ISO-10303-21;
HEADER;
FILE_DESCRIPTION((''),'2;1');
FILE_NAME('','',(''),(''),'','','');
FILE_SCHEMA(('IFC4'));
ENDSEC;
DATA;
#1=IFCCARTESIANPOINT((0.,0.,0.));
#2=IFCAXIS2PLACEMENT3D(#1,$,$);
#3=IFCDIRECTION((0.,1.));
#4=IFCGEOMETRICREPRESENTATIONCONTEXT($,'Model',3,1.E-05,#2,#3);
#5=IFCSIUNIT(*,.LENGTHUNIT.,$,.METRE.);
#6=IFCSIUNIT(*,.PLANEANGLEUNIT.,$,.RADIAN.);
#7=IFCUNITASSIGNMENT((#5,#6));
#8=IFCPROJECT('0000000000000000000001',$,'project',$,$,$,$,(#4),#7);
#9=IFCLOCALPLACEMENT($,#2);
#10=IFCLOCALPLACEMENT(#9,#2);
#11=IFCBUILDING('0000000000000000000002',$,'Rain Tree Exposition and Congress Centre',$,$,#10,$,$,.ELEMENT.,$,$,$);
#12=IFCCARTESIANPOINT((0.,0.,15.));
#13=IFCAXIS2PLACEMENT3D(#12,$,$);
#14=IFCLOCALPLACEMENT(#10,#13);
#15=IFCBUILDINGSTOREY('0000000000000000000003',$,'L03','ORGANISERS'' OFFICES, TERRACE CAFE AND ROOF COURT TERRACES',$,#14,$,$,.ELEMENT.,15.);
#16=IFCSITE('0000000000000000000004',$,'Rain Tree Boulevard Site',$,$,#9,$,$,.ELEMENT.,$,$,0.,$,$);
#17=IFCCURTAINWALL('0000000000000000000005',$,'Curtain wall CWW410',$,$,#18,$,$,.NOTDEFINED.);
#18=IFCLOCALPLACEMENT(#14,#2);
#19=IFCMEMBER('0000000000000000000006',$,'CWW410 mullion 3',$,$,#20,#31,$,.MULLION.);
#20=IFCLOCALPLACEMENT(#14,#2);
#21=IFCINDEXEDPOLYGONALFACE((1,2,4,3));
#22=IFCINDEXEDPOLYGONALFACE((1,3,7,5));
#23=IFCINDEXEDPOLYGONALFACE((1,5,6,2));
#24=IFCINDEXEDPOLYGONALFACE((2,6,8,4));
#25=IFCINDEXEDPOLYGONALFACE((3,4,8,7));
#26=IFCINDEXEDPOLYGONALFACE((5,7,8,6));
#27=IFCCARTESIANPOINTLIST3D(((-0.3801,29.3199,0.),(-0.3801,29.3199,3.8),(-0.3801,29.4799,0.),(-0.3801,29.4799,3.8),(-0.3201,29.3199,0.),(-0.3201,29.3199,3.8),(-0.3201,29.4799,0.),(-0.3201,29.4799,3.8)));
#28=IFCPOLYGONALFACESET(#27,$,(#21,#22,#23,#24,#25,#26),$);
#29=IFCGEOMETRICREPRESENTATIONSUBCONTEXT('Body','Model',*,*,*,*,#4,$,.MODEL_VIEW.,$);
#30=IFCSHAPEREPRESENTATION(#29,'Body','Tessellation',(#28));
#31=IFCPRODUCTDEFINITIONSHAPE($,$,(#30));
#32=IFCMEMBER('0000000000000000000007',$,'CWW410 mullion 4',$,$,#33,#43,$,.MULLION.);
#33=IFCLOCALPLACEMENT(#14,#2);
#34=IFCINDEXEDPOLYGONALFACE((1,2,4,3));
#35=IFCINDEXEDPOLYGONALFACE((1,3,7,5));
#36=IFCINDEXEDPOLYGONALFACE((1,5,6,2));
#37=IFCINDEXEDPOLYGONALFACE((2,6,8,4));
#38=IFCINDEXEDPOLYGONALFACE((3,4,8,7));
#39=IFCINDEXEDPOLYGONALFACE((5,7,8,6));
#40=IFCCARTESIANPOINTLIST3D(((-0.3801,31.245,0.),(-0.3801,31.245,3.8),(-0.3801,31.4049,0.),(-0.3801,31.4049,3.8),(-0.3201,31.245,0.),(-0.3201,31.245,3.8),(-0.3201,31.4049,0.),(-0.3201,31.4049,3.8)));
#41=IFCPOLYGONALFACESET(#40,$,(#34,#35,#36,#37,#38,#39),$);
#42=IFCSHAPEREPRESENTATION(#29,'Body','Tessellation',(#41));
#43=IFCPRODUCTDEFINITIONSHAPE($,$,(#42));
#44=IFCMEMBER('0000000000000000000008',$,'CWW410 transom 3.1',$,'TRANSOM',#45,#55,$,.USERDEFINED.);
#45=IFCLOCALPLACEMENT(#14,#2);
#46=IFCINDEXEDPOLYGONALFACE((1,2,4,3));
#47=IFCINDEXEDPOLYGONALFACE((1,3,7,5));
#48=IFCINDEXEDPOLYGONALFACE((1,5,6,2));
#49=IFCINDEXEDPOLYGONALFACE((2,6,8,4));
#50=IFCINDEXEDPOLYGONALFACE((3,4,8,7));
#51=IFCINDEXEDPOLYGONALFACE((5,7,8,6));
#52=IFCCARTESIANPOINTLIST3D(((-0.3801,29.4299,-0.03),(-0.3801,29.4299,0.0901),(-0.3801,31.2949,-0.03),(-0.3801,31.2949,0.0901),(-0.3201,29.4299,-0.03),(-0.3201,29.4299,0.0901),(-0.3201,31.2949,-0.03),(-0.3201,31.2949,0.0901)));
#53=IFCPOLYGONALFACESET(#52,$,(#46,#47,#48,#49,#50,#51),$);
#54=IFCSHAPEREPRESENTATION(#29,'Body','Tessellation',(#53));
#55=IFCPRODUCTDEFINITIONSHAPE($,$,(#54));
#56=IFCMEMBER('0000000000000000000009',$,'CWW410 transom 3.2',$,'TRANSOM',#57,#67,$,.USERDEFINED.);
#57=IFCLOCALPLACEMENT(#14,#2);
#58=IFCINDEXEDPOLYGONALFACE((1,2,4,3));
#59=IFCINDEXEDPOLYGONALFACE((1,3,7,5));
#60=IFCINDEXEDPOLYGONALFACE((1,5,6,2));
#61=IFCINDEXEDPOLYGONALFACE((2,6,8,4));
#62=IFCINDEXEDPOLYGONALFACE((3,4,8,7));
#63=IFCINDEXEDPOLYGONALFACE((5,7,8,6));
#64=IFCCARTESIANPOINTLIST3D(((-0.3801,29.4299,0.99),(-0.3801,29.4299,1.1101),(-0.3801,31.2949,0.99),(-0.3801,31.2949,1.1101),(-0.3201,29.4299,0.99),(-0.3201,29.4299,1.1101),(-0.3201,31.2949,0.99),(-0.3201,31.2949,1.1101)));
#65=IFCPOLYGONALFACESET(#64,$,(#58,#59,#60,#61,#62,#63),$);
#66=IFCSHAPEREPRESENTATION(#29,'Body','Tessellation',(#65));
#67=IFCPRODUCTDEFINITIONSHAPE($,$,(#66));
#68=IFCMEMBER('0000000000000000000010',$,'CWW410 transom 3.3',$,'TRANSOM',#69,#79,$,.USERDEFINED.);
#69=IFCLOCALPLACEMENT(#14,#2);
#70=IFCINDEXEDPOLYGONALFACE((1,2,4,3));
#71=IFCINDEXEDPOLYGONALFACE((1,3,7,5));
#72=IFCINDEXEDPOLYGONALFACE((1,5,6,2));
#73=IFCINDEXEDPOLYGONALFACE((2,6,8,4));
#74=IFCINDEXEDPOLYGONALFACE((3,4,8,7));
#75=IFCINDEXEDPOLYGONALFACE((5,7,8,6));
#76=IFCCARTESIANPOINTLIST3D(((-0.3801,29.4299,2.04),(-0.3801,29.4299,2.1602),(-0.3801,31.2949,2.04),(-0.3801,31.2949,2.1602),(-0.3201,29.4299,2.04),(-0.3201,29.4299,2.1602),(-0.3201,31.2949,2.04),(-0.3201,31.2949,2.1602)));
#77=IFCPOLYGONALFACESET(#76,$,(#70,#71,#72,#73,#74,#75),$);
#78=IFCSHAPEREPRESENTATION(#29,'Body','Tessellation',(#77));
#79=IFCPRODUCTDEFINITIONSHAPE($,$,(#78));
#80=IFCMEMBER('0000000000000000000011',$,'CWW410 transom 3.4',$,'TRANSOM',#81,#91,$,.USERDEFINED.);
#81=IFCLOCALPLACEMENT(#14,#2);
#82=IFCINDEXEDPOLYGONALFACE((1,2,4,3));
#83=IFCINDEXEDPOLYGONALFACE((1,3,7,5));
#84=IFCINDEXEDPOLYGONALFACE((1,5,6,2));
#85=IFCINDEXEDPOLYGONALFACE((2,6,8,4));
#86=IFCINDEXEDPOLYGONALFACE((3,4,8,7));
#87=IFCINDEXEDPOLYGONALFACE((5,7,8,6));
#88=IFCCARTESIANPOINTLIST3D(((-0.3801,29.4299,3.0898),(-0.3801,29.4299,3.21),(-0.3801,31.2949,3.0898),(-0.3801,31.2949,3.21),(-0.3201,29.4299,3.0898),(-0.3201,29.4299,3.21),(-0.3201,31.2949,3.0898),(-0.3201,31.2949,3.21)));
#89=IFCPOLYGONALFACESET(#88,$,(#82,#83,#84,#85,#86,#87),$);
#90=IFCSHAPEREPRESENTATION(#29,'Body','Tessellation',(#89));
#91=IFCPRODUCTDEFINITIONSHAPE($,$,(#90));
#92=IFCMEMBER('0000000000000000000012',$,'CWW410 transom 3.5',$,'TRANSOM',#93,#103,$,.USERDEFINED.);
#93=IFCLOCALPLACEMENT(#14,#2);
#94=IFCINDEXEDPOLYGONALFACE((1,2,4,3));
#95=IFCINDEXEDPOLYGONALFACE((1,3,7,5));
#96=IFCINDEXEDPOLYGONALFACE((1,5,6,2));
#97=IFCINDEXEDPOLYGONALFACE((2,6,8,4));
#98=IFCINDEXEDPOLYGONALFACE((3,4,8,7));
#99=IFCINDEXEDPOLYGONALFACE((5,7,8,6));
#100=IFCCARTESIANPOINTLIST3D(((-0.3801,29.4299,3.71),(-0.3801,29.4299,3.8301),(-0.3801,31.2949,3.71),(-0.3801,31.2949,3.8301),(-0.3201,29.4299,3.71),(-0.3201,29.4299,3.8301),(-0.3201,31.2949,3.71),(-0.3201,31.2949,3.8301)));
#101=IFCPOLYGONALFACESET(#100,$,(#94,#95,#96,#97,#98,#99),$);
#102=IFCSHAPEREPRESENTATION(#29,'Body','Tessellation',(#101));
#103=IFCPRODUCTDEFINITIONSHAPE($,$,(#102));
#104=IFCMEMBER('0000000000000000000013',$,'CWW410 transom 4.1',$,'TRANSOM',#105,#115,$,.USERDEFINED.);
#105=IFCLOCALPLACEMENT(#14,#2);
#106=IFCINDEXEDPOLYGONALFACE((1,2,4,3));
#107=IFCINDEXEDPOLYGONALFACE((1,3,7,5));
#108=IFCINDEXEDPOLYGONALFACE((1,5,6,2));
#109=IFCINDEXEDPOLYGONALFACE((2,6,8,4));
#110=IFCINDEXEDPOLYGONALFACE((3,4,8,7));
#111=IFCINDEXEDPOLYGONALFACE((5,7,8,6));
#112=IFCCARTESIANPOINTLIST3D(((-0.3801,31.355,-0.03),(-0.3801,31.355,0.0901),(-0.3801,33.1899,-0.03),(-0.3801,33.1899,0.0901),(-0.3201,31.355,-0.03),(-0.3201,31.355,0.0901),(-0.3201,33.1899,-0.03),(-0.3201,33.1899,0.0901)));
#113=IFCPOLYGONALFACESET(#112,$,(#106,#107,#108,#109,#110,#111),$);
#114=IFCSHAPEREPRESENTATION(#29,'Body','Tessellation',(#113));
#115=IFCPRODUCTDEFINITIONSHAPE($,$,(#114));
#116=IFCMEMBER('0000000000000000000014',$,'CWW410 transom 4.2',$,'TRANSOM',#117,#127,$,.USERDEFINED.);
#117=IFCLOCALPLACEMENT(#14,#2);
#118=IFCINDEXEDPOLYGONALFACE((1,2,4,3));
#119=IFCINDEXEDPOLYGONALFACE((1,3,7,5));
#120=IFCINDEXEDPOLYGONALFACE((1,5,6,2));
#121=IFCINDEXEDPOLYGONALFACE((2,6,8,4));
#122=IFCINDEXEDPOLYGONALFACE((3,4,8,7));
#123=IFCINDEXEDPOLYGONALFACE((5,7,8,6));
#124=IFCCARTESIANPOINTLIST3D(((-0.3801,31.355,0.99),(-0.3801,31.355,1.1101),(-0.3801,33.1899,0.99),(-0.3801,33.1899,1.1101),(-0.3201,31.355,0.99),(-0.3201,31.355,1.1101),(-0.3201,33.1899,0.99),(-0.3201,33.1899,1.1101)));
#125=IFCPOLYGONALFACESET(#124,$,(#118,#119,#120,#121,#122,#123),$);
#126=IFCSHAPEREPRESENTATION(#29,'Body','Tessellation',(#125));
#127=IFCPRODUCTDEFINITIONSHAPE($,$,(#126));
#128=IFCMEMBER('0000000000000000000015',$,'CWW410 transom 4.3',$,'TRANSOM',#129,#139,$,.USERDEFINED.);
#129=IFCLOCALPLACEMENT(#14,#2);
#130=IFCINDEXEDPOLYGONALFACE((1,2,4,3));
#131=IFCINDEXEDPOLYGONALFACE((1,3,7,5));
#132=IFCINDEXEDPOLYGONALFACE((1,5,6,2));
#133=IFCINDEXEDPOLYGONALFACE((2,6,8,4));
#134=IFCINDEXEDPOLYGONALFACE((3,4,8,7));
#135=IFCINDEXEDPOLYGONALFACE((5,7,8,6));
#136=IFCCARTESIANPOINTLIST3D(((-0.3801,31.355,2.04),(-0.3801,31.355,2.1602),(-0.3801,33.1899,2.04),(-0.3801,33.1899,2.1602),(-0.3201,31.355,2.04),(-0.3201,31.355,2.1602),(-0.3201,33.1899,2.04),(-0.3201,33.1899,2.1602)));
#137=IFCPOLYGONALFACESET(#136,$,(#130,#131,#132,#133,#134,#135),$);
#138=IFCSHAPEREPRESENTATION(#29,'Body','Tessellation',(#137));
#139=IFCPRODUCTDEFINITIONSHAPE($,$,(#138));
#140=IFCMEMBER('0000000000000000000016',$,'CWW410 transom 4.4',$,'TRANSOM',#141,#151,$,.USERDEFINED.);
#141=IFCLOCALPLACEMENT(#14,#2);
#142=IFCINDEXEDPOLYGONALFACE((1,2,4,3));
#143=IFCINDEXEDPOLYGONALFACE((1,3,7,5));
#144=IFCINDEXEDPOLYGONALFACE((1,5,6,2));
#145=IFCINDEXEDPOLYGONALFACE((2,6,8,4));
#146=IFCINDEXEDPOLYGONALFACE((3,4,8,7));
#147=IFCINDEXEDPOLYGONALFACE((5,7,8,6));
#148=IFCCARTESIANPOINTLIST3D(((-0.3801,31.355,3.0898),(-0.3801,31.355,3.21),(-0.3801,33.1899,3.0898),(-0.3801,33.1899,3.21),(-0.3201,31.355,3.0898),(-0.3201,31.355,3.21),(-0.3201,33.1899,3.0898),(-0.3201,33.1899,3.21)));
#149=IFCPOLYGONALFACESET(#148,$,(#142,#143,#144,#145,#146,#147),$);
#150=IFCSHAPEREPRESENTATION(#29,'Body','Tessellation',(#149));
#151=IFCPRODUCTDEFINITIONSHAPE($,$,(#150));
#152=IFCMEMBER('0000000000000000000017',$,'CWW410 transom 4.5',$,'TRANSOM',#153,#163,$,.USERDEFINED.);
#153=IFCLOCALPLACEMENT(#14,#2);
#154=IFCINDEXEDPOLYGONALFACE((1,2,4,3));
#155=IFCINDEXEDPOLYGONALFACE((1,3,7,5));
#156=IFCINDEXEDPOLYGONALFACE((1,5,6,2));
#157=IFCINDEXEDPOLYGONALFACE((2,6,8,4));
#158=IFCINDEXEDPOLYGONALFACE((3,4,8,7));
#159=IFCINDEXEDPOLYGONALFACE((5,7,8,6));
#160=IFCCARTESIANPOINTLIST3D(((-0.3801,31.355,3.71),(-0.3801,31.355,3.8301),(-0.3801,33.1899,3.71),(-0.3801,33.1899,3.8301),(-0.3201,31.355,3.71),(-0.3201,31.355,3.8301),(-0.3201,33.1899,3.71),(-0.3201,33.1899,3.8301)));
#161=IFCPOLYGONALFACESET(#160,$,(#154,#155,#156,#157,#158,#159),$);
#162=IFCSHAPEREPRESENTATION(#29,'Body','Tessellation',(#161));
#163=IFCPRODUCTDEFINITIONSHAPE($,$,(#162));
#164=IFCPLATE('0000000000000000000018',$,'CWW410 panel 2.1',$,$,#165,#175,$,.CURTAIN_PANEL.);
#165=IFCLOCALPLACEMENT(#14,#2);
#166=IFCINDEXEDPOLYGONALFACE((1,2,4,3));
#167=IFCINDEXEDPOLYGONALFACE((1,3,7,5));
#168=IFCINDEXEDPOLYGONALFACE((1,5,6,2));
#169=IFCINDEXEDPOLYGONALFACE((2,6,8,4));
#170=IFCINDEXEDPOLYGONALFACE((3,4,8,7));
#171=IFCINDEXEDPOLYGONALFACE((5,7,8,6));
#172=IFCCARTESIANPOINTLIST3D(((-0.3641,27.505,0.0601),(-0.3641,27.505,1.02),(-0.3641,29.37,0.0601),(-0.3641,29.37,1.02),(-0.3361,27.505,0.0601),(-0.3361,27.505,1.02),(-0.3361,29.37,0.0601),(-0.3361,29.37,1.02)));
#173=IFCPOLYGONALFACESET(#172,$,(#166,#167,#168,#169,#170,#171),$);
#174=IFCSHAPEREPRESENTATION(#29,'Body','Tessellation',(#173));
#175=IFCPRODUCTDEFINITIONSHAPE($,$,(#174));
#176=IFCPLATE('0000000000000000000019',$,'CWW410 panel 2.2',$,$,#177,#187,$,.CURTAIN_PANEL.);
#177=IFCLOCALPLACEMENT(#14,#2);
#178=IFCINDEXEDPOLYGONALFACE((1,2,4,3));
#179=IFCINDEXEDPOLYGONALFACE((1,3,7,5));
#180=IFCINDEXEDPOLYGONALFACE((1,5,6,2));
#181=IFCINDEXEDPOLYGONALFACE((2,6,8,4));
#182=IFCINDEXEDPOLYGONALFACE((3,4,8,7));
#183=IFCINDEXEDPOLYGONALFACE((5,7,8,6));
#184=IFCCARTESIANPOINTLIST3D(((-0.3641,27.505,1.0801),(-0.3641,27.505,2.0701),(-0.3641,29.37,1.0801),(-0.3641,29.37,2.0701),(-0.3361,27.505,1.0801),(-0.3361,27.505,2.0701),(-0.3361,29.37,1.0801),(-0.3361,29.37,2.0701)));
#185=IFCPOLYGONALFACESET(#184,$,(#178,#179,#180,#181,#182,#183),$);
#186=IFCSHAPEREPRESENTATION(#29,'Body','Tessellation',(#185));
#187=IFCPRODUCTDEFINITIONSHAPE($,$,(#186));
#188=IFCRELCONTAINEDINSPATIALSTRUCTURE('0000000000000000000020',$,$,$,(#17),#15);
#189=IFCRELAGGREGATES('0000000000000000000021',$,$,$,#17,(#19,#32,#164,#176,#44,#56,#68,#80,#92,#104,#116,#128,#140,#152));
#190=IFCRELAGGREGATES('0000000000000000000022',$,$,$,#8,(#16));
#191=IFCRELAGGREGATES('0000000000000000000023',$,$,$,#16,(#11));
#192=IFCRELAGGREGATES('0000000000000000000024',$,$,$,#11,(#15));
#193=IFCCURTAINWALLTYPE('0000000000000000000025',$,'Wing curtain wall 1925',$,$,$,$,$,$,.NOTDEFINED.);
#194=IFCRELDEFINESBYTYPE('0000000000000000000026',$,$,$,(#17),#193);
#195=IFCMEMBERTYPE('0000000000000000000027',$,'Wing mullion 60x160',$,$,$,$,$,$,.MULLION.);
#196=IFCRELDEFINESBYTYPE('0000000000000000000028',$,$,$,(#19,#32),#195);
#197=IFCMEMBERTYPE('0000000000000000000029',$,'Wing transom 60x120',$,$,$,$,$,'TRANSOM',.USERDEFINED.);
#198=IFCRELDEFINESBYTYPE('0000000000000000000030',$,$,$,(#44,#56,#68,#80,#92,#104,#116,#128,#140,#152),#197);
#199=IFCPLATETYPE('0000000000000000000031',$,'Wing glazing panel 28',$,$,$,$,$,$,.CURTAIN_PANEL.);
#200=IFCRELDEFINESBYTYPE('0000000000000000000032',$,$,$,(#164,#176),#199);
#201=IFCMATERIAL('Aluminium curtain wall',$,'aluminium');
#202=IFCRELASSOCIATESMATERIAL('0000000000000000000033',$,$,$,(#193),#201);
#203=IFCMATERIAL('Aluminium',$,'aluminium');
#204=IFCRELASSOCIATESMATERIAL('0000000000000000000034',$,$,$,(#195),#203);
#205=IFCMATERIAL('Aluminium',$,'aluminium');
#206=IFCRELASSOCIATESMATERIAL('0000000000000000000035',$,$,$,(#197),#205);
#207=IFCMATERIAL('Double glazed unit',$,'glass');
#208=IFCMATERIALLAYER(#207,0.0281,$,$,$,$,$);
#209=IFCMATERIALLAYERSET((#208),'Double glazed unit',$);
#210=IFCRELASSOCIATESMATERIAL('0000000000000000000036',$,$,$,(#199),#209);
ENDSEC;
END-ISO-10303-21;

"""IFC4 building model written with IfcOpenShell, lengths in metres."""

from ifc_helpers import new_model, si_unit, direction, frame, origin, origin_2d, place, context, subcontext, project, spatial, rectangle, extrude, material, layer, layer_set, material_profile, profile_set, type_object, element, aggregate, save


model = new_model("IFC4")

# Units and contexts
model_context = context("Model", 3, precision=1e-05, world=origin(), true_north=direction((0.0, 1.0)))
body_context = subcontext(model_context, "Body", "Model", "MODEL_VIEW")
ifc_project = project(units=[si_unit("LENGTHUNIT", "METRE"), si_unit("PLANEANGLEUNIT", "RADIAN")], contexts=[model_context])

# Site, building, storey
site_placement = place(None, origin())
site = spatial("IfcSite", under=ifc_project, at=site_placement, Name="Rain Tree Boulevard Site", CompositionType="ELEMENT", RefElevation=0.0)
building_placement = place(site_placement, origin())
building = spatial("IfcBuilding", under=site, at=building_placement, Name="Rain Tree Exposition and Congress Centre", CompositionType="ELEMENT")
storey_placement = place(building_placement, frame((0.0, 0.0, 15.0)))
storey = spatial("IfcBuildingStorey", under=building, at=storey_placement, Name="L03", Description="ORGANISERS' OFFICES, TERRACE CAFE AND ROOF COURT TERRACES", CompositionType="ELEMENT", Elevation=15.0)

# Curtain wall, members, plates
ifc_material_1 = material(Name="Aluminium curtain wall", Category="aluminium")
curtain_wall_type = type_object("IfcCurtainWallType", Name="Wing curtain wall 1925", PredefinedType="NOTDEFINED", material=ifc_material_1)
curtain_wall_placement = place(storey_placement, origin())
curtain_wall = element("IfcCurtainWall", 1, at=curtain_wall_placement, inside=storey, type_object=curtain_wall_type, Name="Curtain wall CWW410", PredefinedType="NOTDEFINED")
ifc_material_2 = material(Name="Aluminium", Category="aluminium")
ifc_material_profile_1 = material_profile(ifc_material_2, rectangle(XDim=0.0601, YDim=0.1599, at=origin_2d()), Name="Aluminium 60x160")
ifc_profile_set_1 = profile_set([ifc_material_profile_1], Name="Aluminium")
member_type_1 = type_object("IfcMemberType", Name="Wing mullion 60x160", PredefinedType="MULLION", material=ifc_profile_set_1)
member_1_placement = place(storey_placement, frame((-0.3501, 29.3999, 0.0), z_axis=(0.0, 0.0, 1.0), x_axis=(-1.0, 0.0, 0.0)))
member_1 = element("IfcMember", 2, at=member_1_placement, type_object=member_type_1, Name="CWW410 mullion 3", PredefinedType="MULLION", context=body_context, shape_type="SweptSolid", body=[
    extrude(rectangle(XDim=0.0601, YDim=0.1599, at=origin_2d()), origin(), (0.0, 0.0, 1.0), 3.8),
])
member_2_placement = place(storey_placement, frame((-0.3501, 31.325, 0.0), z_axis=(0.0, 0.0, 1.0), x_axis=(-1.0, 0.0, 0.0)))
member_2 = element("IfcMember", 3, at=member_2_placement, type_object=member_type_1, Name="CWW410 mullion 4", PredefinedType="MULLION", context=body_context, shape_type="SweptSolid", body=[
    extrude(rectangle(XDim=0.0601, YDim=0.1599, at=origin_2d()), origin(), (0.0, 0.0, 1.0), 3.8),
])
ifc_material_3 = material(Name="Aluminium", Category="aluminium")
ifc_material_profile_2 = material_profile(ifc_material_3, rectangle(XDim=0.0601, YDim=0.1201, at=origin_2d()), Name="Aluminium 60x120")
ifc_profile_set_2 = profile_set([ifc_material_profile_2], Name="Aluminium")
member_type_2 = type_object("IfcMemberType", Name="Wing transom 60x120", ElementType="TRANSOM", PredefinedType="USERDEFINED", material=ifc_profile_set_2)
member_3_placement = place(storey_placement, frame((-0.3501, 29.4299, 0.03), z_axis=(0.0, 1.0, 0.0), x_axis=(-1.0, 0.0, 0.0)))
member_3 = element("IfcMember", 4, at=member_3_placement, type_object=member_type_2, Name="CWW410 transom 3.1", ObjectType="TRANSOM", PredefinedType="USERDEFINED", context=body_context, shape_type="SweptSolid", body=[
    extrude(rectangle(XDim=0.0601, YDim=0.1201, at=origin_2d()), origin(), (0.0, 0.0, 1.0), 1.865),
])
member_4_placement = place(storey_placement, frame((-0.3501, 29.4299, 1.05), z_axis=(0.0, 1.0, 0.0), x_axis=(-1.0, 0.0, 0.0)))
member_4 = element("IfcMember", 5, at=member_4_placement, type_object=member_type_2, Name="CWW410 transom 3.2", ObjectType="TRANSOM", PredefinedType="USERDEFINED", context=body_context, shape_type="SweptSolid", body=[
    extrude(rectangle(XDim=0.0601, YDim=0.1201, at=origin_2d()), origin(), (0.0, 0.0, 1.0), 1.865),
])
member_5_placement = place(storey_placement, frame((-0.3501, 29.4299, 2.1001), z_axis=(0.0, 1.0, 0.0), x_axis=(-1.0, 0.0, 0.0)))
member_5 = element("IfcMember", 6, at=member_5_placement, type_object=member_type_2, Name="CWW410 transom 3.3", ObjectType="TRANSOM", PredefinedType="USERDEFINED", context=body_context, shape_type="SweptSolid", body=[
    extrude(rectangle(XDim=0.0601, YDim=0.1201, at=origin_2d()), origin(), (0.0, 0.0, 1.0), 1.865),
])
member_6_placement = place(storey_placement, frame((-0.3501, 29.4299, 3.1499), z_axis=(0.0, 1.0, 0.0), x_axis=(-1.0, 0.0, 0.0)))
member_6 = element("IfcMember", 7, at=member_6_placement, type_object=member_type_2, Name="CWW410 transom 3.4", ObjectType="TRANSOM", PredefinedType="USERDEFINED", context=body_context, shape_type="SweptSolid", body=[
    extrude(rectangle(XDim=0.0601, YDim=0.1201, at=origin_2d()), origin(), (0.0, 0.0, 1.0), 1.865),
])
member_7_placement = place(storey_placement, frame((-0.3501, 29.4299, 3.77), z_axis=(0.0, 1.0, 0.0), x_axis=(-1.0, 0.0, 0.0)))
member_7 = element("IfcMember", 8, at=member_7_placement, type_object=member_type_2, Name="CWW410 transom 3.5", ObjectType="TRANSOM", PredefinedType="USERDEFINED", context=body_context, shape_type="SweptSolid", body=[
    extrude(rectangle(XDim=0.0601, YDim=0.1201, at=origin_2d()), origin(), (0.0, 0.0, 1.0), 1.865),
])
member_8_placement = place(storey_placement, frame((-0.3501, 31.355, 0.03), z_axis=(0.0, 1.0, 0.0), x_axis=(-1.0, 0.0, 0.0)))
member_8 = element("IfcMember", 9, at=member_8_placement, type_object=member_type_2, Name="CWW410 transom 4.1", ObjectType="TRANSOM", PredefinedType="USERDEFINED", context=body_context, shape_type="SweptSolid", body=[
    extrude(rectangle(XDim=0.0601, YDim=0.1201, at=origin_2d()), origin(), (0.0, 0.0, 1.0), 1.835),
])
member_9_placement = place(storey_placement, frame((-0.3501, 31.355, 1.05), z_axis=(0.0, 1.0, 0.0), x_axis=(-1.0, 0.0, 0.0)))
member_9 = element("IfcMember", 10, at=member_9_placement, type_object=member_type_2, Name="CWW410 transom 4.2", ObjectType="TRANSOM", PredefinedType="USERDEFINED", context=body_context, shape_type="SweptSolid", body=[
    extrude(rectangle(XDim=0.0601, YDim=0.1201, at=origin_2d()), origin(), (0.0, 0.0, 1.0), 1.835),
])
member_10_placement = place(storey_placement, frame((-0.3501, 31.355, 2.1001), z_axis=(0.0, 1.0, 0.0), x_axis=(-1.0, 0.0, 0.0)))
member_10 = element("IfcMember", 11, at=member_10_placement, type_object=member_type_2, Name="CWW410 transom 4.3", ObjectType="TRANSOM", PredefinedType="USERDEFINED", context=body_context, shape_type="SweptSolid", body=[
    extrude(rectangle(XDim=0.0601, YDim=0.1201, at=origin_2d()), origin(), (0.0, 0.0, 1.0), 1.835),
])
member_11_placement = place(storey_placement, frame((-0.3501, 31.355, 3.1499), z_axis=(0.0, 1.0, 0.0), x_axis=(-1.0, 0.0, 0.0)))
member_11 = element("IfcMember", 12, at=member_11_placement, type_object=member_type_2, Name="CWW410 transom 4.4", ObjectType="TRANSOM", PredefinedType="USERDEFINED", context=body_context, shape_type="SweptSolid", body=[
    extrude(rectangle(XDim=0.0601, YDim=0.1201, at=origin_2d()), origin(), (0.0, 0.0, 1.0), 1.835),
])
member_12_placement = place(storey_placement, frame((-0.3501, 31.355, 3.77), z_axis=(0.0, 1.0, 0.0), x_axis=(-1.0, 0.0, 0.0)))
member_12 = element("IfcMember", 13, at=member_12_placement, type_object=member_type_2, Name="CWW410 transom 4.5", ObjectType="TRANSOM", PredefinedType="USERDEFINED", context=body_context, shape_type="SweptSolid", body=[
    extrude(rectangle(XDim=0.0601, YDim=0.1201, at=origin_2d()), origin(), (0.0, 0.0, 1.0), 1.835),
])
ifc_material_4 = material(Name="Double glazed unit", Category="glass")
ifc_layer_1 = layer(ifc_material_4, 0.0281)
ifc_layer_set_1 = layer_set([ifc_layer_1], Name="Double glazed unit")
plate_type = type_object("IfcPlateType", Name="Wing glazing panel 28", PredefinedType="CURTAIN_PANEL", material=ifc_layer_set_1)
plate_1_placement = place(storey_placement, frame((-0.3501, 28.4375, 0.0601), z_axis=(0.0, 0.0, 1.0), x_axis=(0.0, 1.0, 0.0)))
plate_1 = element("IfcPlate", 14, at=plate_1_placement, type_object=plate_type, Name="CWW410 panel 2.1", PredefinedType="CURTAIN_PANEL", context=body_context, shape_type="SweptSolid", body=[
    extrude(rectangle(XDim=1.865, YDim=0.0281, at=origin_2d()), origin(), (0.0, 0.0, 1.0), 0.96),
])
plate_2_placement = place(storey_placement, frame((-0.3501, 28.4375, 1.0801), z_axis=(0.0, 0.0, 1.0), x_axis=(0.0, 1.0, 0.0)))
plate_2 = element("IfcPlate", 15, at=plate_2_placement, type_object=plate_type, Name="CWW410 panel 2.2", PredefinedType="CURTAIN_PANEL", context=body_context, shape_type="SweptSolid", body=[
    extrude(rectangle(XDim=1.865, YDim=0.0281, at=origin_2d()), origin(), (0.0, 0.0, 1.0), 0.99),
])
aggregate(curtain_wall, [member_1, member_2, plate_1, plate_2, member_3, member_4, member_5, member_6, member_7, member_8, member_9, member_10, member_11, member_12])

save(model, "model.ifc")
